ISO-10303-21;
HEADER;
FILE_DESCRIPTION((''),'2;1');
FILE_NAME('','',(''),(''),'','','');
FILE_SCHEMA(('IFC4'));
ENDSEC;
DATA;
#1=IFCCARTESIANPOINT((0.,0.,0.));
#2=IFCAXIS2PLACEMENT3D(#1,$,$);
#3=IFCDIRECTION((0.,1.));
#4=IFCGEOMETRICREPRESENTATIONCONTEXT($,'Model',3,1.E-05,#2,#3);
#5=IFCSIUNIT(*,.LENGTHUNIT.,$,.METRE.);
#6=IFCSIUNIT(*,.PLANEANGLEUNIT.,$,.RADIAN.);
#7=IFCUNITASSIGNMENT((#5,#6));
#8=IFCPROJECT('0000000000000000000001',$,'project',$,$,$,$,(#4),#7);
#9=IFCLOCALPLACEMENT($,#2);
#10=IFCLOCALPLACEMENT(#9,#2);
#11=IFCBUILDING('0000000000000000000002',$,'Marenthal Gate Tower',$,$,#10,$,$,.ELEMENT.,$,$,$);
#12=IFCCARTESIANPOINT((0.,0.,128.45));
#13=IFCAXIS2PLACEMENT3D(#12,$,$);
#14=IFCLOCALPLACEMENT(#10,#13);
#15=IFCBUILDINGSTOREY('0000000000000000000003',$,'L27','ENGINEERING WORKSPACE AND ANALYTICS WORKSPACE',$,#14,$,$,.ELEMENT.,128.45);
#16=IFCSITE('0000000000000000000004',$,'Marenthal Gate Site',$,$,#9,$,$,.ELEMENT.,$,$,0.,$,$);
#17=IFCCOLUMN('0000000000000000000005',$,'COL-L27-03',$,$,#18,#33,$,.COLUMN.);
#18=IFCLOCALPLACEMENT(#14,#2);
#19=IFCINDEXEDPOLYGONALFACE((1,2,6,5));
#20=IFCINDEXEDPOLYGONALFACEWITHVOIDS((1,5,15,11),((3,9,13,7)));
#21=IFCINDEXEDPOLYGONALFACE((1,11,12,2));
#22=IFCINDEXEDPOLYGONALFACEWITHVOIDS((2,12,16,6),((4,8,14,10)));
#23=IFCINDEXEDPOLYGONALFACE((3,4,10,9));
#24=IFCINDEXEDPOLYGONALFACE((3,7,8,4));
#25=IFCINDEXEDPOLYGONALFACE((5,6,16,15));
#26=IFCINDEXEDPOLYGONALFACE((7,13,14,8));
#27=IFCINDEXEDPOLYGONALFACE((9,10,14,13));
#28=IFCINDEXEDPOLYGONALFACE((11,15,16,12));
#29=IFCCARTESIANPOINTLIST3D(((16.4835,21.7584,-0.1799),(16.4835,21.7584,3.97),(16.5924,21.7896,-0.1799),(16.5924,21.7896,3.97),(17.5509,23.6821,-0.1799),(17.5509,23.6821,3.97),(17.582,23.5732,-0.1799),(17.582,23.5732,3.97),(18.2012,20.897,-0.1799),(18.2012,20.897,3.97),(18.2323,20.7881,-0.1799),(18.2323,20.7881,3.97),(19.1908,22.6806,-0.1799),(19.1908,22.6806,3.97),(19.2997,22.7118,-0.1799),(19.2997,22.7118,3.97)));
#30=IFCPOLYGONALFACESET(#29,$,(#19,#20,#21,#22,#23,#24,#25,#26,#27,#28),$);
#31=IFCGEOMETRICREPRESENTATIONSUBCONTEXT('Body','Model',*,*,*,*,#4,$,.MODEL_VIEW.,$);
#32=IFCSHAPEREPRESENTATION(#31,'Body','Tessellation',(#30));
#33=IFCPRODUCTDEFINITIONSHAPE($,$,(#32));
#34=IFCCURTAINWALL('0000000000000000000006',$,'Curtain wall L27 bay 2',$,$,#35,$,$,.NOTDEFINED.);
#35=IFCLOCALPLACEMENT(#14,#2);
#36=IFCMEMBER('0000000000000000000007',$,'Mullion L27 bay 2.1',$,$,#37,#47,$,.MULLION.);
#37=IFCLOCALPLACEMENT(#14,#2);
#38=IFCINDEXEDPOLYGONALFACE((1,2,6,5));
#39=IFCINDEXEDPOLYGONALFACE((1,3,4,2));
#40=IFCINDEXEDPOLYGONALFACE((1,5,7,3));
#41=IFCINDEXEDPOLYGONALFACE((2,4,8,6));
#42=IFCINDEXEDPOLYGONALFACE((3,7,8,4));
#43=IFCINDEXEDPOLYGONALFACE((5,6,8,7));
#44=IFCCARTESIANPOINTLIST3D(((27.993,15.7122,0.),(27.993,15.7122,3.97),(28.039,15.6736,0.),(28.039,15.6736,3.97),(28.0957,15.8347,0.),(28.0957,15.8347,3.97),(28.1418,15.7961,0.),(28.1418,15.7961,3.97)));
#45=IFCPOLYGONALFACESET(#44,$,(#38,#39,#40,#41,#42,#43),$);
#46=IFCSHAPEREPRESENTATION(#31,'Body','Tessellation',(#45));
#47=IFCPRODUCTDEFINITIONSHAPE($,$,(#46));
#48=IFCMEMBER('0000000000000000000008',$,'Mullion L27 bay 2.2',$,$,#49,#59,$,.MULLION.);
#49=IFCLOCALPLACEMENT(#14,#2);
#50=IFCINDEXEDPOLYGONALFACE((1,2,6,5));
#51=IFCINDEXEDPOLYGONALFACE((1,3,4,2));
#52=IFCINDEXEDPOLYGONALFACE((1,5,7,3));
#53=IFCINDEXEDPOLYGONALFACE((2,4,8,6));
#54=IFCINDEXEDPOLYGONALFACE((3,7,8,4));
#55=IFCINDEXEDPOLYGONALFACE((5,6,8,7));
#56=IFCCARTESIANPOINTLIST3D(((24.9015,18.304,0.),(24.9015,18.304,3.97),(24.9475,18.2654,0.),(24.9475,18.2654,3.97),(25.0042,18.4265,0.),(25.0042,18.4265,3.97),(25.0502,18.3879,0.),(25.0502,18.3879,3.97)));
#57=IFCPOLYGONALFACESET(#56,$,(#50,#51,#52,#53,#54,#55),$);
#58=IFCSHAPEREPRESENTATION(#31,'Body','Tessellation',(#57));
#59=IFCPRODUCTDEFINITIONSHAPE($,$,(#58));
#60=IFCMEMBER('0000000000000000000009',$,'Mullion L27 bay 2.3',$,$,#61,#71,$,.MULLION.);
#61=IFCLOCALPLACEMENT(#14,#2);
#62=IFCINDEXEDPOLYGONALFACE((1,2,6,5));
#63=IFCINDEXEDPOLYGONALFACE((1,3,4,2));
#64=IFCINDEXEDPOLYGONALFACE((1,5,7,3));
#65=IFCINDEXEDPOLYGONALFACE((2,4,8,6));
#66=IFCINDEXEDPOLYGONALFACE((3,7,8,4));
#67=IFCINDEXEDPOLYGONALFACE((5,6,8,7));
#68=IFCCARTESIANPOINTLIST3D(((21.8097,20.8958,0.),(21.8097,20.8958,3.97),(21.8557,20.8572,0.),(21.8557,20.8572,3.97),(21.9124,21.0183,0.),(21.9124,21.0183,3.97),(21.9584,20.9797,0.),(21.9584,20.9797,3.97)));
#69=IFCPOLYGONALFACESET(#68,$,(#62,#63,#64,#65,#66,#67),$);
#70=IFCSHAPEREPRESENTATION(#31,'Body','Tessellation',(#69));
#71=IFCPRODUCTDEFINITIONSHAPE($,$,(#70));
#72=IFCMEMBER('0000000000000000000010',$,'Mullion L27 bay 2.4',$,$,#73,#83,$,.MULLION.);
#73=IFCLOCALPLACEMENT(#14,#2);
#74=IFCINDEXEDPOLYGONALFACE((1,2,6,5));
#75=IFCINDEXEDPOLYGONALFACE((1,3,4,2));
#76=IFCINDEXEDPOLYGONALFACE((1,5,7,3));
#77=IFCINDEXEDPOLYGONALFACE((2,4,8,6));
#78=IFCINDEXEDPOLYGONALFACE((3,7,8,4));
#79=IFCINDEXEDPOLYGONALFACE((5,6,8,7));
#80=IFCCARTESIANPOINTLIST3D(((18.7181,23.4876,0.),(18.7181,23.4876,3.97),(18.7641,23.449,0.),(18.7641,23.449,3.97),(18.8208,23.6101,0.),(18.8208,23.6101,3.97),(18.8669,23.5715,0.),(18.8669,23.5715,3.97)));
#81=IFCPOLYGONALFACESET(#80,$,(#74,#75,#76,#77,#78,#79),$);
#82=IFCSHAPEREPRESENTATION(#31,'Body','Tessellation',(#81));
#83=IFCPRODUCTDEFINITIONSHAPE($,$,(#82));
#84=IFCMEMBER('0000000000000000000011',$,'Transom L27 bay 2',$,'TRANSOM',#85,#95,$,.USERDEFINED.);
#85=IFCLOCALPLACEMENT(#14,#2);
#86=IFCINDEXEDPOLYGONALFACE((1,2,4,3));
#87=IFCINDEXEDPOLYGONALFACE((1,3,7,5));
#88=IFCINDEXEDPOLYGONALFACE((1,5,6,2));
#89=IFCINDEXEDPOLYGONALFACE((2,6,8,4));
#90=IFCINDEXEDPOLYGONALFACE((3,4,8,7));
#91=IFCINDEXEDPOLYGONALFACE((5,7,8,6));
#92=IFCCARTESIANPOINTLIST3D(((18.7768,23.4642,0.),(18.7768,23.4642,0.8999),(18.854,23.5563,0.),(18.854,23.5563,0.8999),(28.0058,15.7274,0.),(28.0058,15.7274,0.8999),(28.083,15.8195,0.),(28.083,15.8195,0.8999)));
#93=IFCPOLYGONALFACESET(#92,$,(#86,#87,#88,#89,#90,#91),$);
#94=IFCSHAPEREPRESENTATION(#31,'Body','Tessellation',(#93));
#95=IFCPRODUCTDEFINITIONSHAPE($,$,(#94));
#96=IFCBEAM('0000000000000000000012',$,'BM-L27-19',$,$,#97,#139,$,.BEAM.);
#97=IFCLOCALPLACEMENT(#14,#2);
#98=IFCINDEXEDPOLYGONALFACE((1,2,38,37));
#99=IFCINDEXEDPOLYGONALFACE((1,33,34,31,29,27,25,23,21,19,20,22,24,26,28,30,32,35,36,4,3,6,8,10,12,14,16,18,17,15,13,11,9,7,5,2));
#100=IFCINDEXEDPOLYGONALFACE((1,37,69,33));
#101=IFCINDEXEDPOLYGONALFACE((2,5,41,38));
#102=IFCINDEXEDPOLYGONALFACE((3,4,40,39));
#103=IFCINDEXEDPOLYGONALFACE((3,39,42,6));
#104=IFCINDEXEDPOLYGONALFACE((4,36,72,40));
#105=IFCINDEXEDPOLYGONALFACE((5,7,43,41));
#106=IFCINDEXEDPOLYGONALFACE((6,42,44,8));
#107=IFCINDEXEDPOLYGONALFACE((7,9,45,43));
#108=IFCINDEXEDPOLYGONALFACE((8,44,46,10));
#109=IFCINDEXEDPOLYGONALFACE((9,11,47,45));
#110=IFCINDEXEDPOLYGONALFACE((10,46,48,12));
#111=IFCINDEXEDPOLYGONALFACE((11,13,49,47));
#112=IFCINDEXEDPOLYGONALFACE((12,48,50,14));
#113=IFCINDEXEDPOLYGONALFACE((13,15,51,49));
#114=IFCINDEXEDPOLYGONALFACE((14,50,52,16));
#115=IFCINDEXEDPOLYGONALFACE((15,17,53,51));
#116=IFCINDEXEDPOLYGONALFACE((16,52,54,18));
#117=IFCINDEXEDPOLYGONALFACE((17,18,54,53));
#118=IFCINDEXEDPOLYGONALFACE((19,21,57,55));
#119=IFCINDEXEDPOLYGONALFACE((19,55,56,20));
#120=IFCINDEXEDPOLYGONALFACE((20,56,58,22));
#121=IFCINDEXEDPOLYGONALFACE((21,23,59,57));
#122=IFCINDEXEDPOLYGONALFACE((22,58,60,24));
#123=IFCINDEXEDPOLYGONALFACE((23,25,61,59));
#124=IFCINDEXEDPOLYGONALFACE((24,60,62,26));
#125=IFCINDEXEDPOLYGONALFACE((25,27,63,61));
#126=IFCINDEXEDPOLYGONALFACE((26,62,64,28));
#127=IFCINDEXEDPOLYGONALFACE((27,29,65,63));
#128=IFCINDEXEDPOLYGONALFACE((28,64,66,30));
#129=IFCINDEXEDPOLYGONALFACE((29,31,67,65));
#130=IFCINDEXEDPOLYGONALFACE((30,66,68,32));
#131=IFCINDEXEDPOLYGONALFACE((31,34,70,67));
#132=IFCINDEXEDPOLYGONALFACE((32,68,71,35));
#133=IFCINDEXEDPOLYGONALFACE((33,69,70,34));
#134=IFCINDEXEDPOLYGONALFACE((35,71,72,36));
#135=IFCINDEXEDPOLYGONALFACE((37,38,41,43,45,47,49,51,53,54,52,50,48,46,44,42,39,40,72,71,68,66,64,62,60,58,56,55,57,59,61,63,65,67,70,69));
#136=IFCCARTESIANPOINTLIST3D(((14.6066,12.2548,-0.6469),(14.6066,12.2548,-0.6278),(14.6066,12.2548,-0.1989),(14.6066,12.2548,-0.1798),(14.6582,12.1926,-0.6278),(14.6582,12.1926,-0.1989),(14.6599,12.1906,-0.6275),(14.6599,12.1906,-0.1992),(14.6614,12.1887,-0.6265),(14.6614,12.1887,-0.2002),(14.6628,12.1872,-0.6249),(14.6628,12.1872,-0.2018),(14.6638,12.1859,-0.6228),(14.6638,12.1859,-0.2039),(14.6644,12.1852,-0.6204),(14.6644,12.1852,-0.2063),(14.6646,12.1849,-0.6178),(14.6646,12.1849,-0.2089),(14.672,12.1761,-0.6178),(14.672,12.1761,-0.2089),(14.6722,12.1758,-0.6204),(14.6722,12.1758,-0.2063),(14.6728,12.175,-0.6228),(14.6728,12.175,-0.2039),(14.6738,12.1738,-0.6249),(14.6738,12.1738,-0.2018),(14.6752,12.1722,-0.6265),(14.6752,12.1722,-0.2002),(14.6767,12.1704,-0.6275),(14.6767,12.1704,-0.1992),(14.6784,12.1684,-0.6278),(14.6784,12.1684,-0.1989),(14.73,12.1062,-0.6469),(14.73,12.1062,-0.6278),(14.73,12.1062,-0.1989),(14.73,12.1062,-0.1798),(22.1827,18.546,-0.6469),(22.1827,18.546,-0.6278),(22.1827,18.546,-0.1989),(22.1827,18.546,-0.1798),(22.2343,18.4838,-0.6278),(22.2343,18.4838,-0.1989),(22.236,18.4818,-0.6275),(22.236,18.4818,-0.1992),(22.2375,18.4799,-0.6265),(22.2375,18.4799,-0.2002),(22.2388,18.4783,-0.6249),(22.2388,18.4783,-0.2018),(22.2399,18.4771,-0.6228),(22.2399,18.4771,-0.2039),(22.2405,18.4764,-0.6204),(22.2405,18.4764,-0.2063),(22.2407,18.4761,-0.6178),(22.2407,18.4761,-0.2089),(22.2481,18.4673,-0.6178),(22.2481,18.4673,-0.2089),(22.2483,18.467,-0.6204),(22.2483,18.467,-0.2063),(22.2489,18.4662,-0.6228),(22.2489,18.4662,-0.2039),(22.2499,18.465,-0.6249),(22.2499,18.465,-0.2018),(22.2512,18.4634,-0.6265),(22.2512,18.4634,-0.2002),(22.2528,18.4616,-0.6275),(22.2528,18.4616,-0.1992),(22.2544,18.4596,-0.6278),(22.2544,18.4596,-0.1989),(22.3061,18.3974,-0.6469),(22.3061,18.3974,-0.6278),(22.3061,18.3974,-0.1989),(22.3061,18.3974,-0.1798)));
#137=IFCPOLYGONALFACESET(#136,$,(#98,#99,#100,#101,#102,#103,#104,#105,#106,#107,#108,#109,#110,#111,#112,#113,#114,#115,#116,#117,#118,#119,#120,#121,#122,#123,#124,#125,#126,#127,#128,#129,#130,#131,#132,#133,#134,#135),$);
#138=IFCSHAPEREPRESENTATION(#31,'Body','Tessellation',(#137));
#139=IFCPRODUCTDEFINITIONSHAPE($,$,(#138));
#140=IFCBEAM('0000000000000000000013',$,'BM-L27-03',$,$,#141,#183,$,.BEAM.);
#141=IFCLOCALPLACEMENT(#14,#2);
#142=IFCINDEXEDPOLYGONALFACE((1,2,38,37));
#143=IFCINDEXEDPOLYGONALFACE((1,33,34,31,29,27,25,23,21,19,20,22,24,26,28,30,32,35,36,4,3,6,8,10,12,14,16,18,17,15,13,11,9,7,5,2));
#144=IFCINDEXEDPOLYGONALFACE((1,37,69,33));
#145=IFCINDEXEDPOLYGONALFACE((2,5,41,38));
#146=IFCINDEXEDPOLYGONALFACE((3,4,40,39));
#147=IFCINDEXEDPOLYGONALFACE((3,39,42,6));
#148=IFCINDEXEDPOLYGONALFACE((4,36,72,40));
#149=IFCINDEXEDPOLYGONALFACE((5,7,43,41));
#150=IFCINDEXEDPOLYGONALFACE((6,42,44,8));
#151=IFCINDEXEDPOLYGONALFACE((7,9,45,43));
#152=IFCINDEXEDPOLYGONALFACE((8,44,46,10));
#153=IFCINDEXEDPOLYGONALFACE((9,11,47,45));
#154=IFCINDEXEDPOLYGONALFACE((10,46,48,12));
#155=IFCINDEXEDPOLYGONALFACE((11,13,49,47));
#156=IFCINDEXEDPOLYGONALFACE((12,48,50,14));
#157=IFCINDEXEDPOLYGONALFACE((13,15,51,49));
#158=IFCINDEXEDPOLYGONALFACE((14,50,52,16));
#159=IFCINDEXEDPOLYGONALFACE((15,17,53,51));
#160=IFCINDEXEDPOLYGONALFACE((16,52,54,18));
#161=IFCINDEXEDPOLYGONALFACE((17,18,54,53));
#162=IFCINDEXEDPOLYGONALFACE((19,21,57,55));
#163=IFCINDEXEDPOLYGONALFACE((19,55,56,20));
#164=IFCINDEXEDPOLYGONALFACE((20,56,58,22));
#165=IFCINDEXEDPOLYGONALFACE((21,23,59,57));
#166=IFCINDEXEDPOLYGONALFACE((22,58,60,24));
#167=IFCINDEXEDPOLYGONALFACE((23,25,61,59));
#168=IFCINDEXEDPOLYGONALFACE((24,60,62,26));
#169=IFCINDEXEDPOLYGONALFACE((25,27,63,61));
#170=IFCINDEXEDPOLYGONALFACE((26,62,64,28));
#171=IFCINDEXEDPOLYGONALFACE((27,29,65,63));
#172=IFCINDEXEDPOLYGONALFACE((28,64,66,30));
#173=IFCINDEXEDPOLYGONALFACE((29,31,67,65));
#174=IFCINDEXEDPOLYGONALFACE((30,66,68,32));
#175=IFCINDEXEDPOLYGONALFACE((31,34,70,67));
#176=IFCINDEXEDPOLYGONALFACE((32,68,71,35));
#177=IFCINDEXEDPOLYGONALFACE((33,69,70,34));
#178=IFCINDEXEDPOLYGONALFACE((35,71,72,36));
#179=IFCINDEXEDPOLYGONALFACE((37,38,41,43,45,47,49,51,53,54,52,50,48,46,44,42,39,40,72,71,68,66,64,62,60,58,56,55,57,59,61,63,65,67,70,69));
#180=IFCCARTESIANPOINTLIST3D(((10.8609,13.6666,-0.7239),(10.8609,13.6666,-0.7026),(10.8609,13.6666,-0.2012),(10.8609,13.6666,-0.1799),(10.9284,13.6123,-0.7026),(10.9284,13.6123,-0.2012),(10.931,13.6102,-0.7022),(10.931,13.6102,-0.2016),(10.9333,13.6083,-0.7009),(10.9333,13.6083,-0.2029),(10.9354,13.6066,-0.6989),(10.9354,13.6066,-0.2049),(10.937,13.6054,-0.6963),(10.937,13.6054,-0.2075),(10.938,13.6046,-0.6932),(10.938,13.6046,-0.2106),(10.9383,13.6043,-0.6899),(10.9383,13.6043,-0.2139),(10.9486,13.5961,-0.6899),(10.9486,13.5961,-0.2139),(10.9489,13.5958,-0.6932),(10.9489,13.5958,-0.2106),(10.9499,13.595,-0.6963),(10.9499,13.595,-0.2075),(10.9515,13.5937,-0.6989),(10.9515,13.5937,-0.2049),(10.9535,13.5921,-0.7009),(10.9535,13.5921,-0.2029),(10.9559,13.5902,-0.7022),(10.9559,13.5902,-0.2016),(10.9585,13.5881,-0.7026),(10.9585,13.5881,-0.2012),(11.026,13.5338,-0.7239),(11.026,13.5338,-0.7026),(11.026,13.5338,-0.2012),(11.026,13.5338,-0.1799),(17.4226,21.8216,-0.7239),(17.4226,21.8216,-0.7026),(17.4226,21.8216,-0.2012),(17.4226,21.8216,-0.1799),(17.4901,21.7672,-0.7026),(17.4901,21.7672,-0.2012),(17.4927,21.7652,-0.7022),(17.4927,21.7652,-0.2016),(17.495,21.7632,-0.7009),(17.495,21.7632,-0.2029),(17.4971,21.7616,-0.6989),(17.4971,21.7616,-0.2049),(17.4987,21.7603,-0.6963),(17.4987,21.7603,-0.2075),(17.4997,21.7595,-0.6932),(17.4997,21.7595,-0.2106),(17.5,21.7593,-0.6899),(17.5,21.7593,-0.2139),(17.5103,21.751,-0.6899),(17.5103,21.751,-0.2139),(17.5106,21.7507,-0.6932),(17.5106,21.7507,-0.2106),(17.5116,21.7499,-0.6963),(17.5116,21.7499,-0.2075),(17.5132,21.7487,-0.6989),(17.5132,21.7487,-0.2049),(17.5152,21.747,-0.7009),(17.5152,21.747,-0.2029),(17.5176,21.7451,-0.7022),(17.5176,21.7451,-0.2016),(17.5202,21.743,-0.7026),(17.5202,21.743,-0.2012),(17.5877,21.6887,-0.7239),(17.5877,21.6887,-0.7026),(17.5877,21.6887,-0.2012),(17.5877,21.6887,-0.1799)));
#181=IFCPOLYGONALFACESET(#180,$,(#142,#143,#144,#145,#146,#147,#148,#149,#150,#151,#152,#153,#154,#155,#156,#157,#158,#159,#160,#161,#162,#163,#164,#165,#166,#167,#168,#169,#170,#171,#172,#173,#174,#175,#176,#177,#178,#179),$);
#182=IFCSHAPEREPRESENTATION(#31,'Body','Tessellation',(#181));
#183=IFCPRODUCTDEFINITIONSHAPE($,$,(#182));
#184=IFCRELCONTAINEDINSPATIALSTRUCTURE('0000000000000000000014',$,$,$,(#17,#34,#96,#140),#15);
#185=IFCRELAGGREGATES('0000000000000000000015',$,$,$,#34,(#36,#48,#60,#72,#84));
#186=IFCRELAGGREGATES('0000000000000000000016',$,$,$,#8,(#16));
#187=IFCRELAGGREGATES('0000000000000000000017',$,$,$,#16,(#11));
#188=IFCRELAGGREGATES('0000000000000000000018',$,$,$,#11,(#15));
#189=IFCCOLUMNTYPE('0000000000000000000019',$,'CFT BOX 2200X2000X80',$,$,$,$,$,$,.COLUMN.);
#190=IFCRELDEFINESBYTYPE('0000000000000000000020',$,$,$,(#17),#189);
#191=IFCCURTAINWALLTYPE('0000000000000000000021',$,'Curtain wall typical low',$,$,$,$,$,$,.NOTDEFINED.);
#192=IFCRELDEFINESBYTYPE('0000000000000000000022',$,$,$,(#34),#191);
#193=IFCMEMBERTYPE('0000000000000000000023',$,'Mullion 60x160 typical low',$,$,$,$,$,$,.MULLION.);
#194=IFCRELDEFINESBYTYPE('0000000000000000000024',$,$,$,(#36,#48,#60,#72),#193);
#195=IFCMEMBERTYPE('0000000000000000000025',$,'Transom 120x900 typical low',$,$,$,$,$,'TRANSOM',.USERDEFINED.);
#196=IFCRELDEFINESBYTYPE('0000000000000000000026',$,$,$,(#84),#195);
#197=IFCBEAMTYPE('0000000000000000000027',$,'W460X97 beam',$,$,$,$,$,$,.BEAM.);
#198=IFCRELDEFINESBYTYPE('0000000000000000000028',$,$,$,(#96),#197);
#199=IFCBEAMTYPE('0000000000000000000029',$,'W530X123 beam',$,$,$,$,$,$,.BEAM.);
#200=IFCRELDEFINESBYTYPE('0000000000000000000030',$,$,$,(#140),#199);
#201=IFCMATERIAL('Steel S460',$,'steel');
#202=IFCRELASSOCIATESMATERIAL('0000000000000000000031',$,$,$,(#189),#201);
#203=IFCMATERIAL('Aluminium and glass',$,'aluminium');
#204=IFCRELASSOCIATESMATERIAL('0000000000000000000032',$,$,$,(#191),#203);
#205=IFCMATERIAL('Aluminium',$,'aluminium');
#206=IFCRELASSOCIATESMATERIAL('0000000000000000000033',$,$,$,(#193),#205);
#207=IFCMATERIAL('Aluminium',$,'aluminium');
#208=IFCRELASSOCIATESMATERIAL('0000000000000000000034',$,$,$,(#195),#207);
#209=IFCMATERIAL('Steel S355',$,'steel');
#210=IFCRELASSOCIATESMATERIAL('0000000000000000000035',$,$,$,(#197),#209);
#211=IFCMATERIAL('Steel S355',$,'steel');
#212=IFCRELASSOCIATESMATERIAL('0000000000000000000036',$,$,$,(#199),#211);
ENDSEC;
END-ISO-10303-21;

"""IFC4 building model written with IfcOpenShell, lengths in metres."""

from ifc_helpers import new_model, si_unit, direction, frame, origin, origin_2d, place, context, subcontext, project, spatial, rectangle, hollow_rectangle, i_section, extrude, material, material_profile, profile_set, type_object, element, aggregate, save


model = new_model("IFC4")

# Units and contexts
model_context = context("Model", 3, precision=1e-05, world=origin(), true_north=direction((0.0, 1.0)))
body_context = subcontext(model_context, "Body", "Model", "MODEL_VIEW")
ifc_project = project(units=[si_unit("LENGTHUNIT", "METRE"), si_unit("PLANEANGLEUNIT", "RADIAN")], contexts=[model_context])

# Site, building, storey
site_placement = place(None, origin())
site = spatial("IfcSite", under=ifc_project, at=site_placement, Name="Marenthal Gate Site", CompositionType="ELEMENT", RefElevation=0.0)
building_placement = place(site_placement, origin())
building = spatial("IfcBuilding", under=site, at=building_placement, Name="Marenthal Gate Tower", CompositionType="ELEMENT")
storey_placement = place(building_placement, frame((0.0, 0.0, 128.45)))
storey = spatial("IfcBuildingStorey", under=building, at=storey_placement, Name="L27", Description="ENGINEERING WORKSPACE AND ANALYTICS WORKSPACE", CompositionType="ELEMENT", Elevation=128.45)

# Column
ifc_material_1 = material(Name="Steel S460", Category="steel")
ifc_material_profile_1 = material_profile(ifc_material_1, hollow_rectangle(XDim=2.0, YDim=2.2, WallThickness=0.0801, at=origin_2d()), Name="CFT BOX 2200X2000X80")
ifc_material_2 = material(Name="Concrete 70 MPa", Category="concrete")
ifc_material_profile_2 = material_profile(ifc_material_2, rectangle(XDim=1.8401, YDim=2.04, at=origin_2d()), Name="CFT BOX 2200X2000X80 INFILL")
ifc_profile_set_1 = profile_set([ifc_material_profile_1, ifc_material_profile_2], Name="Steel S460 shell, Concrete 70 MPa infill")
column_type = type_object("IfcColumnType", Name="CFT BOX 2200X2000X80", PredefinedType="COLUMN", material=ifc_profile_set_1)
column_placement = place(storey_placement, frame((17.8916, 22.2351, -0.1799), z_axis=(0.0, 0.0, 1.0), x_axis=(0.874418, -0.485173, 0.0)))
element("IfcColumn", 1, at=column_placement, inside=storey, type_object=column_type, Name="COL-L27-03", PredefinedType="COLUMN", context=body_context, shape_type="SweptSolid", body=[
    extrude(hollow_rectangle(XDim=2.0, YDim=2.2, WallThickness=0.0801, at=origin_2d()), origin(), (0.0, 0.0, 1.0), 4.1499),
])

# Curtain wall, members
ifc_material_3 = material(Name="Aluminium and glass", Category="aluminium")
curtain_wall_type = type_object("IfcCurtainWallType", Name="Curtain wall typical low", PredefinedType="NOTDEFINED", material=ifc_material_3)
curtain_wall_placement = place(storey_placement, origin())
curtain_wall = element("IfcCurtainWall", 2, at=curtain_wall_placement, inside=storey, type_object=curtain_wall_type, Name="Curtain wall L27 bay 2", PredefinedType="NOTDEFINED")
ifc_material_4 = material(Name="Aluminium", Category="aluminium")
ifc_material_profile_3 = material_profile(ifc_material_4, rectangle(XDim=0.1599, YDim=0.0601, at=origin_2d()), Name="60x160 aluminium mullion")
ifc_profile_set_2 = profile_set([ifc_material_profile_3], Name="Aluminium")
member_type_1 = type_object("IfcMemberType", Name="Mullion 60x160 typical low", PredefinedType="MULLION", material=ifc_profile_set_2)
member_1_placement = place(storey_placement, frame((28.0674, 15.7542, 0.0), z_axis=(0.0, 0.0, 1.0), x_axis=(-0.642438, -0.766338, 0.0)))
member_1 = element("IfcMember", 3, at=member_1_placement, type_object=member_type_1, Name="Mullion L27 bay 2.1", PredefinedType="MULLION", context=body_context, shape_type="SweptSolid", body=[
    extrude(rectangle(XDim=0.1599, YDim=0.0601, at=origin_2d()), origin(), (0.0, 0.0, 1.0), 3.97),
])
member_2_placement = place(storey_placement, frame((24.9758, 18.3459, 0.0), z_axis=(0.0, 0.0, 1.0), x_axis=(-0.642438, -0.766338, 0.0)))
member_2 = element("IfcMember", 4, at=member_2_placement, type_object=member_type_1, Name="Mullion L27 bay 2.2", PredefinedType="MULLION", context=body_context, shape_type="SweptSolid", body=[
    extrude(rectangle(XDim=0.1599, YDim=0.0601, at=origin_2d()), origin(), (0.0, 0.0, 1.0), 3.97),
])
member_3_placement = place(storey_placement, frame((21.884, 20.9377, 0.0), z_axis=(0.0, 0.0, 1.0), x_axis=(-0.642438, -0.766338, 0.0)))
member_3 = element("IfcMember", 5, at=member_3_placement, type_object=member_type_1, Name="Mullion L27 bay 2.3", PredefinedType="MULLION", context=body_context, shape_type="SweptSolid", body=[
    extrude(rectangle(XDim=0.1599, YDim=0.0601, at=origin_2d()), origin(), (0.0, 0.0, 1.0), 3.97),
])
member_4_placement = place(storey_placement, frame((18.7925, 23.5295, 0.0), z_axis=(0.0, 0.0, 1.0), x_axis=(-0.642438, -0.766338, 0.0)))
member_4 = element("IfcMember", 6, at=member_4_placement, type_object=member_type_1, Name="Mullion L27 bay 2.4", PredefinedType="MULLION", context=body_context, shape_type="SweptSolid", body=[
    extrude(rectangle(XDim=0.1599, YDim=0.0601, at=origin_2d()), origin(), (0.0, 0.0, 1.0), 3.97),
])
ifc_material_5 = material(Name="Aluminium", Category="aluminium")
ifc_material_profile_4 = material_profile(ifc_material_5, rectangle(XDim=0.1201, YDim=0.8999, at=origin_2d()), Name="120x900 aluminium transom")
ifc_profile_set_3 = profile_set([ifc_material_profile_4], Name="Aluminium")
member_type_2 = type_object("IfcMemberType", Name="Transom 120x900 typical low", ElementType="TRANSOM", PredefinedType="USERDEFINED", material=ifc_profile_set_3)
member_5_placement = place(storey_placement, frame((28.0444, 15.7734, 0.45), z_axis=(-0.76634, 0.642435, 0.0), x_axis=(-0.642435, -0.76634, 0.0)))
member_5 = element("IfcMember", 7, at=member_5_placement, type_object=member_type_2, Name="Transom L27 bay 2", ObjectType="TRANSOM", PredefinedType="USERDEFINED", context=body_context, shape_type="SweptSolid", body=[
    extrude(rectangle(XDim=0.1201, YDim=0.8999, at=origin_2d()), origin(), (0.0, 0.0, 1.0), 12.043),
])

# Beams
ifc_material_6 = material(Name="Steel S355", Category="steel")
ifc_material_profile_5 = material_profile(ifc_material_6, i_section(OverallWidth=0.1931, OverallDepth=0.467, WebThickness=0.0115, FlangeThickness=0.019, FilletRadius=0.01, at=origin_2d()), Name="W460X97")
ifc_profile_set_4 = profile_set([ifc_material_profile_5], Name="Steel S355")
beam_type_1 = type_object("IfcBeamType", Name="W460X97 beam", PredefinedType="BEAM", material=ifc_profile_set_4)
beam_1_placement = place(storey_placement, frame((22.2444, 18.4717, -0.4133), z_axis=(-0.76933, -0.638852, 0.0), x_axis=(0.638852, -0.76933, 0.0)))
element("IfcBeam", 8, at=beam_1_placement, inside=storey, type_object=beam_type_1, Name="BM-L27-19", PredefinedType="BEAM", context=body_context, shape_type="SweptSolid", body=[
    extrude(i_section(OverallWidth=0.1931, OverallDepth=0.467, WebThickness=0.0115, FlangeThickness=0.019, FilletRadius=0.01, at=origin_2d()), origin(), (0.0, 0.0, 1.0), 9.8477),
])
ifc_material_7 = material(Name="Steel S355", Category="steel")
ifc_material_profile_6 = material_profile(ifc_material_7, i_section(OverallWidth=0.2119, OverallDepth=0.5439, WebThickness=0.0132, FlangeThickness=0.0212, FilletRadius=0.0127, at=origin_2d()), Name="W530X123")
ifc_profile_set_5 = profile_set([ifc_material_profile_6], Name="Steel S355")
beam_type_2 = type_object("IfcBeamType", Name="W530X123 beam", PredefinedType="BEAM", material=ifc_profile_set_5)
beam_2_placement = place(storey_placement, frame((17.5051, 21.7551, -0.4519), z_axis=(-0.626891, -0.779107, 0.0), x_axis=(0.779107, -0.626891, 0.0)))
element("IfcBeam", 9, at=beam_2_placement, inside=storey, type_object=beam_type_2, Name="BM-L27-03", PredefinedType="BEAM", context=body_context, shape_type="SweptSolid", body=[
    extrude(i_section(OverallWidth=0.2119, OverallDepth=0.5439, WebThickness=0.0132, FlangeThickness=0.0212, FilletRadius=0.0127, at=origin_2d()), origin(), (0.0, 0.0, 1.0), 10.467),
])

aggregate(curtain_wall, [member_1, member_2, member_3, member_4, member_5])

save(model, "model.ifc")
